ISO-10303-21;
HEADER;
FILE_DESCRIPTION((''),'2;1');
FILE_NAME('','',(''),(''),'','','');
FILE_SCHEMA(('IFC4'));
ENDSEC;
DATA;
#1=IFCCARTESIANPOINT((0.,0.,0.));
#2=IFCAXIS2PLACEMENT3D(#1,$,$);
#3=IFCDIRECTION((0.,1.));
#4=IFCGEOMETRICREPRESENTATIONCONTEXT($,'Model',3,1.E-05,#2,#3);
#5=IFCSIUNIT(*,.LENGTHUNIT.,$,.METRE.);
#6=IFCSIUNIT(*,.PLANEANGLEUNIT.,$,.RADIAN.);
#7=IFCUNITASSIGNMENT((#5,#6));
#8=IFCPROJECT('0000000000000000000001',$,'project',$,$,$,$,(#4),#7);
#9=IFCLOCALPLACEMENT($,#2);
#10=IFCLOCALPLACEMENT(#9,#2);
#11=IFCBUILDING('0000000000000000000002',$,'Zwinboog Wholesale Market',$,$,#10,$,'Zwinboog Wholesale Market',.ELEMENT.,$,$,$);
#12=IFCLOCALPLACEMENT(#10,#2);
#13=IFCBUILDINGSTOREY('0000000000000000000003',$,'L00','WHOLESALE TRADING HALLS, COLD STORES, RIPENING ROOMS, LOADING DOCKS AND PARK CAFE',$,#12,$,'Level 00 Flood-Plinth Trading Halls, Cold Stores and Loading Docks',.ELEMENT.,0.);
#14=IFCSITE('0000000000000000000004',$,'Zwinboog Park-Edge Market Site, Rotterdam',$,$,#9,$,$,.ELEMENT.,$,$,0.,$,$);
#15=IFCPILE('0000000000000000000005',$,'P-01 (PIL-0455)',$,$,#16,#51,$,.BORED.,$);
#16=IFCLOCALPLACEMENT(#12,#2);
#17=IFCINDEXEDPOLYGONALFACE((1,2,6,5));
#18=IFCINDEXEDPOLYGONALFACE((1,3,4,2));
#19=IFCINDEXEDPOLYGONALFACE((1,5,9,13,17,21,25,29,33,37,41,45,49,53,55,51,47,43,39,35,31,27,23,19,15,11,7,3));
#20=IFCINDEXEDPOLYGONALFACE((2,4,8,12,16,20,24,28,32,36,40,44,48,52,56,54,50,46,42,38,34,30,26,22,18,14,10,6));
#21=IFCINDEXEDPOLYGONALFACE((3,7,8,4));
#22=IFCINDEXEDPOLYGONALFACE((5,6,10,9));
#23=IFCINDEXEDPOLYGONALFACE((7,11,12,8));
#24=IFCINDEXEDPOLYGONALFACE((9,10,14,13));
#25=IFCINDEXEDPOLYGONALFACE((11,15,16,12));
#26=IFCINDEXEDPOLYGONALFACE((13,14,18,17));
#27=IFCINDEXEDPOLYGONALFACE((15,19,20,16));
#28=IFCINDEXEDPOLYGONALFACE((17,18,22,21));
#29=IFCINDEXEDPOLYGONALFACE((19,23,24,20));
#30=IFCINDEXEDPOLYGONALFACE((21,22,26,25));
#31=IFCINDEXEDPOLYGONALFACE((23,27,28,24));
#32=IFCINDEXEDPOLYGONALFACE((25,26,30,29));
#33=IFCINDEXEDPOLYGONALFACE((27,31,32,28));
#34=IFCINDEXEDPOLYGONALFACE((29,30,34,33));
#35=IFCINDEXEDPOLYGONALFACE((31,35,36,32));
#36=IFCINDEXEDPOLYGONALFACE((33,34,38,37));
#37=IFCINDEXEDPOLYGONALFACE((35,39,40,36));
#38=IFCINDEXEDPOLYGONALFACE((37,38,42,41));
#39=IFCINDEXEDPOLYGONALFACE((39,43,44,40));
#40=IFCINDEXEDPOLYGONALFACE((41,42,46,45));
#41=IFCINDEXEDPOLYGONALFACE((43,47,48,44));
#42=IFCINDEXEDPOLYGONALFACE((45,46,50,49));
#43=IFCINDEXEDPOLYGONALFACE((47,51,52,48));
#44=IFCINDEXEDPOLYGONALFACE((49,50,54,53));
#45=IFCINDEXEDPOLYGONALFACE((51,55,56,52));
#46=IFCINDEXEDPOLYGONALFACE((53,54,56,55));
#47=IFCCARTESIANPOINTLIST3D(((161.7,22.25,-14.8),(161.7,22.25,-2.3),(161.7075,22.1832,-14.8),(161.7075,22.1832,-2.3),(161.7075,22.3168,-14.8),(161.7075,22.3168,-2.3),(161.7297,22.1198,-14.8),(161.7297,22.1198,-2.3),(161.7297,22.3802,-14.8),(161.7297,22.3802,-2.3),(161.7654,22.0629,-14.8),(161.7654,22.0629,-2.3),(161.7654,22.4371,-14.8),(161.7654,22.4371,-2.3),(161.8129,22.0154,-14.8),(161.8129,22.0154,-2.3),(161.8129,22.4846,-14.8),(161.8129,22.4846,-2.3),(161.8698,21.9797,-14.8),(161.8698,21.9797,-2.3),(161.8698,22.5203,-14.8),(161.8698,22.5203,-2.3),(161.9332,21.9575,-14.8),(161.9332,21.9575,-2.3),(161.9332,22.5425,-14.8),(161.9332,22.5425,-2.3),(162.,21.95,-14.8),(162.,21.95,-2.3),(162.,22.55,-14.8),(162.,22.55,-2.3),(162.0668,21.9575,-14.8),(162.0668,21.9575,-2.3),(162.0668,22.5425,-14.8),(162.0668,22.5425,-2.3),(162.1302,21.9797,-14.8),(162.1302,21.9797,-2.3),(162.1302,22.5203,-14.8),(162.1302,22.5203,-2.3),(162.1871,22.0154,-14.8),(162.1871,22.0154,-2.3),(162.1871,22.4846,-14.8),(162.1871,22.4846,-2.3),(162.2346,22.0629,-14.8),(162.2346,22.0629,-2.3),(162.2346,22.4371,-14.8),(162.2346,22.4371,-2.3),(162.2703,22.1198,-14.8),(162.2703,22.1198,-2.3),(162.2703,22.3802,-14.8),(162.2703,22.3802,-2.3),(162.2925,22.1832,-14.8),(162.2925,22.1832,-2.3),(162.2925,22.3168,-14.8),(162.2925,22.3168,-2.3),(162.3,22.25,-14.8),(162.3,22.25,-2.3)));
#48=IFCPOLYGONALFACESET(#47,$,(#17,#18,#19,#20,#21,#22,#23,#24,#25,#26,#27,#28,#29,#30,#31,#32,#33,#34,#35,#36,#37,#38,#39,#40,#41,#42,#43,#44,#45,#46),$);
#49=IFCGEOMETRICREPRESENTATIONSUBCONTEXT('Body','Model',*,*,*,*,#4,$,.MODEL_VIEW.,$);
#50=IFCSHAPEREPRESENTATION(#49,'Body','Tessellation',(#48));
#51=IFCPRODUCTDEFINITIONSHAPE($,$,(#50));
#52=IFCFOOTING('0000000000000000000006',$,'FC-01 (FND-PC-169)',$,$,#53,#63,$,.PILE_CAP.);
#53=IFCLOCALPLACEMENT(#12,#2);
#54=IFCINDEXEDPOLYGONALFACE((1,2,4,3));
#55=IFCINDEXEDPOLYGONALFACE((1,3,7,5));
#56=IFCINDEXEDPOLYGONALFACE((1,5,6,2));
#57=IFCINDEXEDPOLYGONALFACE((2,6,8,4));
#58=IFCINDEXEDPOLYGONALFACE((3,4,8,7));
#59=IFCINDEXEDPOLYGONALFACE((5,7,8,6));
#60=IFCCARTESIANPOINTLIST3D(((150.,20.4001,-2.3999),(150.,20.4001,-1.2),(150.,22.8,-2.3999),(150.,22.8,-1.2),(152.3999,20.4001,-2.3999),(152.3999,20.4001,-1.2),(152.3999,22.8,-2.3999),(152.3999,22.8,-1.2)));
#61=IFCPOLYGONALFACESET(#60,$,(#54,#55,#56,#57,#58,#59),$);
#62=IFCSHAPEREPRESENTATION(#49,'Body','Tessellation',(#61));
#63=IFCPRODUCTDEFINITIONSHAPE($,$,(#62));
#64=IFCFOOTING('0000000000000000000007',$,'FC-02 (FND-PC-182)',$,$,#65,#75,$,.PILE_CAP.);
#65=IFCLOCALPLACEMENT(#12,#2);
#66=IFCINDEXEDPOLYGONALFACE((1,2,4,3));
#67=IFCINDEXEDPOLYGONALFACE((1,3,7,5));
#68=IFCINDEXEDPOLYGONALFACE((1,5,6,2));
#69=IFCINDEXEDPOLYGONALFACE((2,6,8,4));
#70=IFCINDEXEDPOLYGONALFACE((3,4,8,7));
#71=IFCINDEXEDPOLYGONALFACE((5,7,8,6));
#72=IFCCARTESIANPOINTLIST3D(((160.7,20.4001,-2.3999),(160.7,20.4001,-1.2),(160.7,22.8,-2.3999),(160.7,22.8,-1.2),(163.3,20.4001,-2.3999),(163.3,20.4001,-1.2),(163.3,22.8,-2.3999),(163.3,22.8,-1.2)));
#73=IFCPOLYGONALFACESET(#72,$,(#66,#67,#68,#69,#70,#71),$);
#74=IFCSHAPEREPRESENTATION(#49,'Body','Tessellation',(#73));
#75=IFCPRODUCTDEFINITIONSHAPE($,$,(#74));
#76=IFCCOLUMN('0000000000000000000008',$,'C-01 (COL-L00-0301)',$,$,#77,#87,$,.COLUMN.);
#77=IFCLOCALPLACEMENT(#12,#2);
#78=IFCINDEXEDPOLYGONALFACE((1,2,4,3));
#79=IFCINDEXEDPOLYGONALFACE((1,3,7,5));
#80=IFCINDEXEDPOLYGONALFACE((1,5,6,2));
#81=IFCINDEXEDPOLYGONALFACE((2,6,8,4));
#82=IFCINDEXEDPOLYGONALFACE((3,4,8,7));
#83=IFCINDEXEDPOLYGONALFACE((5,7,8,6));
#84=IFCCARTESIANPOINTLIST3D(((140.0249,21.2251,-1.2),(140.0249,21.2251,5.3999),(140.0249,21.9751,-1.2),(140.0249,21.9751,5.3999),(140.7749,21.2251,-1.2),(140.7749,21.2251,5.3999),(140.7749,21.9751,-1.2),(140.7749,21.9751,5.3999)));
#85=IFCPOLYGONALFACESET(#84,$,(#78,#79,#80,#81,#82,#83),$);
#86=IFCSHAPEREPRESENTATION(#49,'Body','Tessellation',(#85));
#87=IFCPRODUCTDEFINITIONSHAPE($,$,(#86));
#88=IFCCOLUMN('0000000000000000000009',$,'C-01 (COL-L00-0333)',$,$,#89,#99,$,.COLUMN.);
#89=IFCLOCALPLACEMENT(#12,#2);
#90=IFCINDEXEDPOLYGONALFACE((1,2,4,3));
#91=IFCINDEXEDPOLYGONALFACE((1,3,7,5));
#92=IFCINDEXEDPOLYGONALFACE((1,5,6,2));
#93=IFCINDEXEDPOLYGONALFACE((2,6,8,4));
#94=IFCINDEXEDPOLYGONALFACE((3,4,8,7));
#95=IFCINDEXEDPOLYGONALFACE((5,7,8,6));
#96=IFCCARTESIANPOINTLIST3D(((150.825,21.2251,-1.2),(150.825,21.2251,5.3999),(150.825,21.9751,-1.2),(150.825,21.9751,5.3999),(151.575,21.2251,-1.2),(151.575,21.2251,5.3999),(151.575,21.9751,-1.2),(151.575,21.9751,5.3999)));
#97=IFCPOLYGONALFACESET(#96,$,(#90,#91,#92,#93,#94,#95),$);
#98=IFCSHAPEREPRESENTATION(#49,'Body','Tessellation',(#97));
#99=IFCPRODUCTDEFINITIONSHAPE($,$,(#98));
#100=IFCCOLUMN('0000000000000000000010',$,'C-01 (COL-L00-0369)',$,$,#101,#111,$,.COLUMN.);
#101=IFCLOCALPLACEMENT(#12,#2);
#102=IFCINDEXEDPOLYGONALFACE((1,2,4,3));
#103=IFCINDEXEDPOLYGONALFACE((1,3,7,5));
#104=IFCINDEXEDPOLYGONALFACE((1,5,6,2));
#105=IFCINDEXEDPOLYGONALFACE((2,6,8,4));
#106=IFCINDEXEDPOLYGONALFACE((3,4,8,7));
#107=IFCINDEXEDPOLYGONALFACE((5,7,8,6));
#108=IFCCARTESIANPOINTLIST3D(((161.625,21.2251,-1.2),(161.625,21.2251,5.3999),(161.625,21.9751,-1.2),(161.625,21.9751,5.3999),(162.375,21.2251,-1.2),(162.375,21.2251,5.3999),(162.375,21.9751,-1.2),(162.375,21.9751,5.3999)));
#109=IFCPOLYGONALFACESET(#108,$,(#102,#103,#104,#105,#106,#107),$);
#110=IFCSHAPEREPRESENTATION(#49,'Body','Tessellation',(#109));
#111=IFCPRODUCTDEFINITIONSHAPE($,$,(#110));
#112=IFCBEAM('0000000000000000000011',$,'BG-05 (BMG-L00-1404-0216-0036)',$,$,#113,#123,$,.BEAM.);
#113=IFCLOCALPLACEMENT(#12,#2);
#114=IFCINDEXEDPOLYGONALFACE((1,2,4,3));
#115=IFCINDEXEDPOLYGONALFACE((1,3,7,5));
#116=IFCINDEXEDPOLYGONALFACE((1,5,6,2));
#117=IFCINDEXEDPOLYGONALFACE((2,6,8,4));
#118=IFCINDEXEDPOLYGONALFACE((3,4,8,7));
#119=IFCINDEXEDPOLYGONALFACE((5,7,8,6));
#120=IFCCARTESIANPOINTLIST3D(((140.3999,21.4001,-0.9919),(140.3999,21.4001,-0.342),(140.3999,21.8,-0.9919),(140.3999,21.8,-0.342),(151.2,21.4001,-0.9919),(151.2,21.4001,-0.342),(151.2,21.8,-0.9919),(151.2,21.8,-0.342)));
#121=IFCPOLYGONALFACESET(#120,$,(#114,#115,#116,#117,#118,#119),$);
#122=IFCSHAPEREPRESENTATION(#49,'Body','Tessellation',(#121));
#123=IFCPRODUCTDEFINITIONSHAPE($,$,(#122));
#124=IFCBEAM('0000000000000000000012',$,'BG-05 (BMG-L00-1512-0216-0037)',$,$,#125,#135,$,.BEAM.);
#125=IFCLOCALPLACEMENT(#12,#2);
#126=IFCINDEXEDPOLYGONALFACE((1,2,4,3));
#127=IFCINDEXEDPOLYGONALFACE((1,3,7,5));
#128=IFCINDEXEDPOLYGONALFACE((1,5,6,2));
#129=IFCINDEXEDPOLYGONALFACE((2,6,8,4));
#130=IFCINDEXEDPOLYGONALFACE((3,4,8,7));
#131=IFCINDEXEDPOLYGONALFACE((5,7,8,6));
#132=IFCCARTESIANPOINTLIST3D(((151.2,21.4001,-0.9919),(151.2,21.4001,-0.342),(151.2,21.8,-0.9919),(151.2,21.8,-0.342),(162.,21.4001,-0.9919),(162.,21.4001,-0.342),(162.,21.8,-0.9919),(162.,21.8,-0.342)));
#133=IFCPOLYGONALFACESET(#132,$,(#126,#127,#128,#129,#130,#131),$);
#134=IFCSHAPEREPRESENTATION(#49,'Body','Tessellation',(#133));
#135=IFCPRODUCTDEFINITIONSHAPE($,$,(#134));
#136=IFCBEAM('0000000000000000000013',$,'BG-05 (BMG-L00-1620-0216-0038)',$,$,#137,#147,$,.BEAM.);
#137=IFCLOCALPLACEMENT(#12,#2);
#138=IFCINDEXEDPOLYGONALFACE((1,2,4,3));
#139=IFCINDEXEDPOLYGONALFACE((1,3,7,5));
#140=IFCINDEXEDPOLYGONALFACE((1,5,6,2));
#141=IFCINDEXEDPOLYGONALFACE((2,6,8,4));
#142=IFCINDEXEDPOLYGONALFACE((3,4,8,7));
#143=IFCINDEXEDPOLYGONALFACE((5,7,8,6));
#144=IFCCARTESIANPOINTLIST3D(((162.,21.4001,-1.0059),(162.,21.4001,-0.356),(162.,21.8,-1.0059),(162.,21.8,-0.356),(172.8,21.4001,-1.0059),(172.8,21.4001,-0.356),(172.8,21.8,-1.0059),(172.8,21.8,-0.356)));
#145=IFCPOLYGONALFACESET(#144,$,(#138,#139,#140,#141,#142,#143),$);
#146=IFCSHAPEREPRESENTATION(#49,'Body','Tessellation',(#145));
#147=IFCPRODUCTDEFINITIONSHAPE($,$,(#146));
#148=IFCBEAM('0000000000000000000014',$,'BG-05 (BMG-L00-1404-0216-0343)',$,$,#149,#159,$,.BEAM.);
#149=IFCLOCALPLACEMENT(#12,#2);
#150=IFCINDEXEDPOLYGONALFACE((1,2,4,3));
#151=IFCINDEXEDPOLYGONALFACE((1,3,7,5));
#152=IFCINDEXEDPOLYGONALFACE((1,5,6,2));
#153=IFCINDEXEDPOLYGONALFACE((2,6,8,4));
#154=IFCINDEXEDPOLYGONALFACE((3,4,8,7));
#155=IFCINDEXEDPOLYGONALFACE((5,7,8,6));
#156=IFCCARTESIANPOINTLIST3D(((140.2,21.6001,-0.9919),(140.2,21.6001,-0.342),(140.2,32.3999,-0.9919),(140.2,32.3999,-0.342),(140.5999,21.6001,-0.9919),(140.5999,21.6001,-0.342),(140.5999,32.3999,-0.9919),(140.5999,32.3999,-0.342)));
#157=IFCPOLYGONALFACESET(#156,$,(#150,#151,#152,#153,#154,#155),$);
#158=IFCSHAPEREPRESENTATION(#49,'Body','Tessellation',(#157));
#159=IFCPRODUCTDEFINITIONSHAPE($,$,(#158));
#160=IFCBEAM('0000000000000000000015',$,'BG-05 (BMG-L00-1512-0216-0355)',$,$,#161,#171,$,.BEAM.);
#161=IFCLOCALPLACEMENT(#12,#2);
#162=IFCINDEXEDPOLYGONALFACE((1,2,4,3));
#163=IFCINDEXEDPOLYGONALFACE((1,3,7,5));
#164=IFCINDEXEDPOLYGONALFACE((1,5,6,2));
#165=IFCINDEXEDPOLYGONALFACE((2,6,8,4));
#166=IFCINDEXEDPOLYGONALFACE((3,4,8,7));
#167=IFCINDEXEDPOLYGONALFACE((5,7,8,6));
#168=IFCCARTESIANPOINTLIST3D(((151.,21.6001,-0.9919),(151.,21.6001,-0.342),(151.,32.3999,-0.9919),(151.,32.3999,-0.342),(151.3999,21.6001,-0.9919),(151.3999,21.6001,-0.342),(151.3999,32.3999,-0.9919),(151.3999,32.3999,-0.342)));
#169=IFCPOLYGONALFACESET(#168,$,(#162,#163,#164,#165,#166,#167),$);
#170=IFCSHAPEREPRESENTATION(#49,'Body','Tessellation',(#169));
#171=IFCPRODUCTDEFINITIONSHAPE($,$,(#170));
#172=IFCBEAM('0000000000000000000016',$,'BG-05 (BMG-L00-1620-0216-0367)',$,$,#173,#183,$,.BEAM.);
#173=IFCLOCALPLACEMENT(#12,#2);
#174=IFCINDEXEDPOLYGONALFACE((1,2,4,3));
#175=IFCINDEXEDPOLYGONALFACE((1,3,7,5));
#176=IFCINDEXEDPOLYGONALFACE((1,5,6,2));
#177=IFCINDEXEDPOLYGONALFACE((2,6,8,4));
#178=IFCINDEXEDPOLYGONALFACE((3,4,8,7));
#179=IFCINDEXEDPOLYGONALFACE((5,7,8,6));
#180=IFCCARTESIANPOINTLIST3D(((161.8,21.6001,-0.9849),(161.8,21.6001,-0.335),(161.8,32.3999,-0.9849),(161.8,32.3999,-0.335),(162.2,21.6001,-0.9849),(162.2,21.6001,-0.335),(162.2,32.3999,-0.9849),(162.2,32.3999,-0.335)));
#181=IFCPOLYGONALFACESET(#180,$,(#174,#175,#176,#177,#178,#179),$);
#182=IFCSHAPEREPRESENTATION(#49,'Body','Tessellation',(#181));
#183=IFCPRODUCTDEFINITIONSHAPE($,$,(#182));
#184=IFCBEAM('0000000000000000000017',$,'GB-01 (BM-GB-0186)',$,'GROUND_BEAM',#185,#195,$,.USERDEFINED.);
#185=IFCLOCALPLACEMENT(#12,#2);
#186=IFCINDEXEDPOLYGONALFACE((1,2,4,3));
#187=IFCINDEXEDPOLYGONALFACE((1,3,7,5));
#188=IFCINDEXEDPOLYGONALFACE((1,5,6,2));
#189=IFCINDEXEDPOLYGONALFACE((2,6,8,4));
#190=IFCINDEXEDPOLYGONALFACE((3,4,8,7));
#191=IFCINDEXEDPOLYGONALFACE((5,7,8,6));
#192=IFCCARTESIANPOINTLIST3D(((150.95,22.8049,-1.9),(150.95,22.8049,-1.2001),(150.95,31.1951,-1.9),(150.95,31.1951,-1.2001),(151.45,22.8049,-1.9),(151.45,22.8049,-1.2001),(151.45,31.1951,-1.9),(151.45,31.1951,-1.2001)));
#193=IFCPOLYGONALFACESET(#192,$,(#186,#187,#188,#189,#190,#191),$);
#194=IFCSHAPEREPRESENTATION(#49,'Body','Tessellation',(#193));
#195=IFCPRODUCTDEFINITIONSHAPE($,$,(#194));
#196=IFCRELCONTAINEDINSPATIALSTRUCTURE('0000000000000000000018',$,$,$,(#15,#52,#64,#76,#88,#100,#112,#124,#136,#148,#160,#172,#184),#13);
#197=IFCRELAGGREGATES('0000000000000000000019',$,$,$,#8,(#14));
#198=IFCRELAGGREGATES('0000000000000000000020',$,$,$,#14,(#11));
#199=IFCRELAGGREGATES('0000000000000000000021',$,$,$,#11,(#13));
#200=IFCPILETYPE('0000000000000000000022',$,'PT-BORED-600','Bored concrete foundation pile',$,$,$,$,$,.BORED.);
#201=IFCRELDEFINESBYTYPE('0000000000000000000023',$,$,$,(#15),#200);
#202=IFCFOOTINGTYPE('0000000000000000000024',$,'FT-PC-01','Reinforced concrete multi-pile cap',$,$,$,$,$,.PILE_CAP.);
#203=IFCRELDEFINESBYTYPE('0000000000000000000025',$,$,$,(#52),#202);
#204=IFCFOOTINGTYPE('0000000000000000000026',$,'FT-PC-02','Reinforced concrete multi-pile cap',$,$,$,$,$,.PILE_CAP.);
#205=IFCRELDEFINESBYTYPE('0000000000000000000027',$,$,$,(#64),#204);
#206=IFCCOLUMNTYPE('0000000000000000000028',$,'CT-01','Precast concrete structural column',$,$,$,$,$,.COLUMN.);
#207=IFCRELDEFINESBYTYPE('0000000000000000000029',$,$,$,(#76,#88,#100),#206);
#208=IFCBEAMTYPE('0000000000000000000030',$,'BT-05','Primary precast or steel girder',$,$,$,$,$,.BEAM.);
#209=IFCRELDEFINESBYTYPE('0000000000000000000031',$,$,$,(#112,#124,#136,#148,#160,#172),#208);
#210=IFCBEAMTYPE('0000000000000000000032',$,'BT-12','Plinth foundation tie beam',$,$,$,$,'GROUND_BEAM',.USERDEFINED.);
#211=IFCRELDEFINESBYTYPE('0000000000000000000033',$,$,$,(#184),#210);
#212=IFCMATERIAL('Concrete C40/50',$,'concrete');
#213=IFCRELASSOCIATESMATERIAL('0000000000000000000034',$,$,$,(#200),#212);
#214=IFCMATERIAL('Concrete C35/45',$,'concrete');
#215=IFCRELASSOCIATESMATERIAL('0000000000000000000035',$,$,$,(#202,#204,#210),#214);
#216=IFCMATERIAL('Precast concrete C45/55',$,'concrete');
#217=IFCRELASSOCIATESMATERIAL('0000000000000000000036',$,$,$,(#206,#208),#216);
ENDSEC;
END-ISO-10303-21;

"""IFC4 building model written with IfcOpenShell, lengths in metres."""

from ifc_helpers import new_model, si_unit, direction, frame, origin, origin_2d, place, context, subcontext, project, spatial, rectangle, circle, extrude, material, material_profile, profile_set, type_object, element, save


model = new_model("IFC4")

# Units and contexts
model_context = context("Model", 3, precision=1e-05, world=origin(), true_north=direction((0.0, 1.0)))
body_context = subcontext(model_context, "Body", "Model", "MODEL_VIEW")
ifc_project = project(units=[si_unit("LENGTHUNIT", "METRE"), si_unit("PLANEANGLEUNIT", "RADIAN")], contexts=[model_context])

# Site, building, storey
site_placement = place(None, origin())
site = spatial("IfcSite", under=ifc_project, at=site_placement, Name="Zwinboog Park-Edge Market Site, Rotterdam", CompositionType="ELEMENT", RefElevation=0.0)
building_placement = place(site_placement, origin())
building = spatial("IfcBuilding", under=site, at=building_placement, Name="Zwinboog Wholesale Market", LongName="Zwinboog Wholesale Market", CompositionType="ELEMENT")
storey_placement = place(building_placement, origin())
storey = spatial("IfcBuildingStorey", under=building, at=storey_placement, Name="L00", Description="WHOLESALE TRADING HALLS, COLD STORES, RIPENING ROOMS, LOADING DOCKS AND PARK CAFE", LongName="Level 00 Flood-Plinth Trading Halls, Cold Stores and Loading Docks", CompositionType="ELEMENT", Elevation=0.0)

# Pile
ifc_material_1 = material(Name="Concrete C40/50", Category="concrete")
ifc_material_profile_1 = material_profile(ifc_material_1, circle(Radius=0.3, at=origin_2d()), Name="PILE D600")
ifc_profile_set_1 = profile_set([ifc_material_profile_1], Name="Concrete C40/50")
pile_type = type_object("IfcPileType", Name="PT-BORED-600", Description="Bored concrete foundation pile", PredefinedType="BORED", material=ifc_profile_set_1)
for number, where, z_axis, x_axis, name in (
    (1, (162.0, 22.25, -2.3), (0.0, 0.0, -1.0), (1.0, 0.0, 0.0), "P-01 (PIL-0455)"),
):
    element("IfcPile", number, at=place(storey_placement, frame(where, z_axis=z_axis, x_axis=x_axis)), inside=storey, type_object=pile_type, Name=name, PredefinedType="BORED", context=body_context, shape_type="SweptSolid", body=[
        extrude(circle(Radius=0.3, at=origin_2d()), origin(), (0.0, 0.0, 1.0), 12.5),
    ])

# Footings
ifc_material_2 = material(Name="Concrete C35/45", Category="concrete")
footing_type_1 = type_object("IfcFootingType", Name="FT-PC-01", Description="Reinforced concrete multi-pile cap", PredefinedType="PILE_CAP", material=ifc_material_2)
footing_1_placement = place(storey_placement, frame((151.2, 21.6001, -2.3999), z_axis=(0.0, 0.0, 1.0), x_axis=(1.0, 0.0, 0.0)))
element("IfcFooting", 2, at=footing_1_placement, inside=storey, type_object=footing_type_1, Name="FC-01 (FND-PC-169)", PredefinedType="PILE_CAP", context=body_context, shape_type="SweptSolid", body=[
    extrude(rectangle(XDim=2.3999, YDim=2.3999, at=origin_2d()), origin(), (0.0, 0.0, 1.0), 1.2),
])
footing_type_2 = type_object("IfcFootingType", Name="FT-PC-02", Description="Reinforced concrete multi-pile cap", PredefinedType="PILE_CAP", material=ifc_material_2)
footing_2_placement = place(storey_placement, frame((162.0, 21.6001, -2.3999), z_axis=(0.0, 0.0, 1.0), x_axis=(1.0, 0.0, 0.0)))
element("IfcFooting", 3, at=footing_2_placement, inside=storey, type_object=footing_type_2, Name="FC-02 (FND-PC-182)", PredefinedType="PILE_CAP", context=body_context, shape_type="SweptSolid", body=[
    extrude(rectangle(XDim=2.6001, YDim=2.3999, at=origin_2d()), origin(), (0.0, 0.0, 1.0), 1.2),
])

# Columns
ifc_material_3 = material(Name="Precast concrete C45/55", Category="concrete")
ifc_material_profile_2 = material_profile(ifc_material_3, rectangle(XDim=0.75, YDim=0.75, at=origin_2d()), Name="PC 750x750")
ifc_profile_set_2 = profile_set([ifc_material_profile_2], Name="Precast concrete C45/55")
column_type = type_object("IfcColumnType", Name="CT-01", Description="Precast concrete structural column", PredefinedType="COLUMN", material=ifc_profile_set_2)
for number, where, z_axis, x_axis, name in (
    (4, (140.3999, 21.6001, -1.2), (0.0, 0.0, 1.0), (1.0, 0.0, 0.0), "C-01 (COL-L00-0301)"),
    (5, (151.2, 21.6001, -1.2), (0.0, 0.0, 1.0), (1.0, 0.0, 0.0), "C-01 (COL-L00-0333)"),
    (6, (162.0, 21.6001, -1.2), (0.0, 0.0, 1.0), (1.0, 0.0, 0.0), "C-01 (COL-L00-0369)"),
):
    element("IfcColumn", number, at=place(storey_placement, frame(where, z_axis=z_axis, x_axis=x_axis)), inside=storey, type_object=column_type, Name=name, PredefinedType="COLUMN", context=body_context, shape_type="SweptSolid", body=[
        extrude(rectangle(XDim=0.75, YDim=0.75, at=origin_2d()), origin(), (0.0, 0.0, 1.0), 6.5999),
    ])

# Beams
ifc_material_profile_3 = material_profile(ifc_material_3, rectangle(XDim=0.3999, YDim=0.6499, at=origin_2d()), Name="PC 400x650")
ifc_profile_set_3 = profile_set([ifc_material_profile_3], Name="Precast concrete C45/55")
beam_type_1 = type_object("IfcBeamType", Name="BT-05", Description="Primary precast or steel girder", PredefinedType="BEAM", material=ifc_profile_set_3)
for number, where, z_axis, x_axis, name in (
    (7, (140.3999, 21.6001, -0.667), (1.0, 0.0, 0.0), (0.0, 1.0, 0.0), "BG-05 (BMG-L00-1404-0216-0036)"),
    (8, (151.2, 21.6001, -0.667), (1.0, 0.0, 0.0), (0.0, 1.0, 0.0), "BG-05 (BMG-L00-1512-0216-0037)"),
    (9, (162.0, 21.6001, -0.6809), (1.0, 0.0, 0.0), (0.0, 1.0, 0.0), "BG-05 (BMG-L00-1620-0216-0038)"),
):
    element("IfcBeam", number, at=place(storey_placement, frame(where, z_axis=z_axis, x_axis=x_axis)), inside=storey, type_object=beam_type_1, Name=name, PredefinedType="BEAM", context=body_context, shape_type="SweptSolid", body=[
        extrude(rectangle(XDim=0.3999, YDim=0.6499, at=origin_2d()), origin(), (0.0, 0.0, 1.0), 10.8),
    ])
for number, where, z_axis, x_axis, name in (
    (10, (140.3999, 21.6001, -0.667), (0.0, 1.0, 0.0), (-1.0, 0.0, 0.0), "BG-05 (BMG-L00-1404-0216-0343)"),
    (11, (151.2, 21.6001, -0.667), (0.0, 1.0, 0.0), (-1.0, 0.0, 0.0), "BG-05 (BMG-L00-1512-0216-0355)"),
    (12, (162.0, 21.6001, -0.6599), (0.0, 1.0, 0.0), (-1.0, 0.0, 0.0), "BG-05 (BMG-L00-1620-0216-0367)"),
):
    element("IfcBeam", number, at=place(storey_placement, frame(where, z_axis=z_axis, x_axis=x_axis)), inside=storey, type_object=beam_type_1, Name=name, PredefinedType="BEAM", context=body_context, shape_type="SweptSolid", body=[
        extrude(rectangle(XDim=0.3999, YDim=0.6499, at=origin_2d()), origin(), (0.0, 0.0, 1.0), 10.7998),
    ])
ifc_material_profile_4 = material_profile(ifc_material_2, rectangle(XDim=0.5, YDim=0.7, at=origin_2d()), Name="RC 500x700")
ifc_profile_set_4 = profile_set([ifc_material_profile_4], Name="Concrete C35/45")
beam_type_2 = type_object("IfcBeamType", Name="BT-12", Description="Plinth foundation tie beam", ElementType="GROUND_BEAM", PredefinedType="USERDEFINED", material=ifc_profile_set_4)
beam_placement = place(storey_placement, frame((151.2, 22.8049, -1.55), z_axis=(0.0, 1.0, 0.0), x_axis=(-1.0, 0.0, 0.0)))
element("IfcBeam", 13, at=beam_placement, inside=storey, type_object=beam_type_2, Name="GB-01 (BM-GB-0186)", ObjectType="GROUND_BEAM", PredefinedType="USERDEFINED", context=body_context, shape_type="SweptSolid", body=[
    extrude(rectangle(XDim=0.5, YDim=0.7, at=origin_2d()), origin(), (0.0, 0.0, 1.0), 8.3901),
])

save(model, "model.ifc")
